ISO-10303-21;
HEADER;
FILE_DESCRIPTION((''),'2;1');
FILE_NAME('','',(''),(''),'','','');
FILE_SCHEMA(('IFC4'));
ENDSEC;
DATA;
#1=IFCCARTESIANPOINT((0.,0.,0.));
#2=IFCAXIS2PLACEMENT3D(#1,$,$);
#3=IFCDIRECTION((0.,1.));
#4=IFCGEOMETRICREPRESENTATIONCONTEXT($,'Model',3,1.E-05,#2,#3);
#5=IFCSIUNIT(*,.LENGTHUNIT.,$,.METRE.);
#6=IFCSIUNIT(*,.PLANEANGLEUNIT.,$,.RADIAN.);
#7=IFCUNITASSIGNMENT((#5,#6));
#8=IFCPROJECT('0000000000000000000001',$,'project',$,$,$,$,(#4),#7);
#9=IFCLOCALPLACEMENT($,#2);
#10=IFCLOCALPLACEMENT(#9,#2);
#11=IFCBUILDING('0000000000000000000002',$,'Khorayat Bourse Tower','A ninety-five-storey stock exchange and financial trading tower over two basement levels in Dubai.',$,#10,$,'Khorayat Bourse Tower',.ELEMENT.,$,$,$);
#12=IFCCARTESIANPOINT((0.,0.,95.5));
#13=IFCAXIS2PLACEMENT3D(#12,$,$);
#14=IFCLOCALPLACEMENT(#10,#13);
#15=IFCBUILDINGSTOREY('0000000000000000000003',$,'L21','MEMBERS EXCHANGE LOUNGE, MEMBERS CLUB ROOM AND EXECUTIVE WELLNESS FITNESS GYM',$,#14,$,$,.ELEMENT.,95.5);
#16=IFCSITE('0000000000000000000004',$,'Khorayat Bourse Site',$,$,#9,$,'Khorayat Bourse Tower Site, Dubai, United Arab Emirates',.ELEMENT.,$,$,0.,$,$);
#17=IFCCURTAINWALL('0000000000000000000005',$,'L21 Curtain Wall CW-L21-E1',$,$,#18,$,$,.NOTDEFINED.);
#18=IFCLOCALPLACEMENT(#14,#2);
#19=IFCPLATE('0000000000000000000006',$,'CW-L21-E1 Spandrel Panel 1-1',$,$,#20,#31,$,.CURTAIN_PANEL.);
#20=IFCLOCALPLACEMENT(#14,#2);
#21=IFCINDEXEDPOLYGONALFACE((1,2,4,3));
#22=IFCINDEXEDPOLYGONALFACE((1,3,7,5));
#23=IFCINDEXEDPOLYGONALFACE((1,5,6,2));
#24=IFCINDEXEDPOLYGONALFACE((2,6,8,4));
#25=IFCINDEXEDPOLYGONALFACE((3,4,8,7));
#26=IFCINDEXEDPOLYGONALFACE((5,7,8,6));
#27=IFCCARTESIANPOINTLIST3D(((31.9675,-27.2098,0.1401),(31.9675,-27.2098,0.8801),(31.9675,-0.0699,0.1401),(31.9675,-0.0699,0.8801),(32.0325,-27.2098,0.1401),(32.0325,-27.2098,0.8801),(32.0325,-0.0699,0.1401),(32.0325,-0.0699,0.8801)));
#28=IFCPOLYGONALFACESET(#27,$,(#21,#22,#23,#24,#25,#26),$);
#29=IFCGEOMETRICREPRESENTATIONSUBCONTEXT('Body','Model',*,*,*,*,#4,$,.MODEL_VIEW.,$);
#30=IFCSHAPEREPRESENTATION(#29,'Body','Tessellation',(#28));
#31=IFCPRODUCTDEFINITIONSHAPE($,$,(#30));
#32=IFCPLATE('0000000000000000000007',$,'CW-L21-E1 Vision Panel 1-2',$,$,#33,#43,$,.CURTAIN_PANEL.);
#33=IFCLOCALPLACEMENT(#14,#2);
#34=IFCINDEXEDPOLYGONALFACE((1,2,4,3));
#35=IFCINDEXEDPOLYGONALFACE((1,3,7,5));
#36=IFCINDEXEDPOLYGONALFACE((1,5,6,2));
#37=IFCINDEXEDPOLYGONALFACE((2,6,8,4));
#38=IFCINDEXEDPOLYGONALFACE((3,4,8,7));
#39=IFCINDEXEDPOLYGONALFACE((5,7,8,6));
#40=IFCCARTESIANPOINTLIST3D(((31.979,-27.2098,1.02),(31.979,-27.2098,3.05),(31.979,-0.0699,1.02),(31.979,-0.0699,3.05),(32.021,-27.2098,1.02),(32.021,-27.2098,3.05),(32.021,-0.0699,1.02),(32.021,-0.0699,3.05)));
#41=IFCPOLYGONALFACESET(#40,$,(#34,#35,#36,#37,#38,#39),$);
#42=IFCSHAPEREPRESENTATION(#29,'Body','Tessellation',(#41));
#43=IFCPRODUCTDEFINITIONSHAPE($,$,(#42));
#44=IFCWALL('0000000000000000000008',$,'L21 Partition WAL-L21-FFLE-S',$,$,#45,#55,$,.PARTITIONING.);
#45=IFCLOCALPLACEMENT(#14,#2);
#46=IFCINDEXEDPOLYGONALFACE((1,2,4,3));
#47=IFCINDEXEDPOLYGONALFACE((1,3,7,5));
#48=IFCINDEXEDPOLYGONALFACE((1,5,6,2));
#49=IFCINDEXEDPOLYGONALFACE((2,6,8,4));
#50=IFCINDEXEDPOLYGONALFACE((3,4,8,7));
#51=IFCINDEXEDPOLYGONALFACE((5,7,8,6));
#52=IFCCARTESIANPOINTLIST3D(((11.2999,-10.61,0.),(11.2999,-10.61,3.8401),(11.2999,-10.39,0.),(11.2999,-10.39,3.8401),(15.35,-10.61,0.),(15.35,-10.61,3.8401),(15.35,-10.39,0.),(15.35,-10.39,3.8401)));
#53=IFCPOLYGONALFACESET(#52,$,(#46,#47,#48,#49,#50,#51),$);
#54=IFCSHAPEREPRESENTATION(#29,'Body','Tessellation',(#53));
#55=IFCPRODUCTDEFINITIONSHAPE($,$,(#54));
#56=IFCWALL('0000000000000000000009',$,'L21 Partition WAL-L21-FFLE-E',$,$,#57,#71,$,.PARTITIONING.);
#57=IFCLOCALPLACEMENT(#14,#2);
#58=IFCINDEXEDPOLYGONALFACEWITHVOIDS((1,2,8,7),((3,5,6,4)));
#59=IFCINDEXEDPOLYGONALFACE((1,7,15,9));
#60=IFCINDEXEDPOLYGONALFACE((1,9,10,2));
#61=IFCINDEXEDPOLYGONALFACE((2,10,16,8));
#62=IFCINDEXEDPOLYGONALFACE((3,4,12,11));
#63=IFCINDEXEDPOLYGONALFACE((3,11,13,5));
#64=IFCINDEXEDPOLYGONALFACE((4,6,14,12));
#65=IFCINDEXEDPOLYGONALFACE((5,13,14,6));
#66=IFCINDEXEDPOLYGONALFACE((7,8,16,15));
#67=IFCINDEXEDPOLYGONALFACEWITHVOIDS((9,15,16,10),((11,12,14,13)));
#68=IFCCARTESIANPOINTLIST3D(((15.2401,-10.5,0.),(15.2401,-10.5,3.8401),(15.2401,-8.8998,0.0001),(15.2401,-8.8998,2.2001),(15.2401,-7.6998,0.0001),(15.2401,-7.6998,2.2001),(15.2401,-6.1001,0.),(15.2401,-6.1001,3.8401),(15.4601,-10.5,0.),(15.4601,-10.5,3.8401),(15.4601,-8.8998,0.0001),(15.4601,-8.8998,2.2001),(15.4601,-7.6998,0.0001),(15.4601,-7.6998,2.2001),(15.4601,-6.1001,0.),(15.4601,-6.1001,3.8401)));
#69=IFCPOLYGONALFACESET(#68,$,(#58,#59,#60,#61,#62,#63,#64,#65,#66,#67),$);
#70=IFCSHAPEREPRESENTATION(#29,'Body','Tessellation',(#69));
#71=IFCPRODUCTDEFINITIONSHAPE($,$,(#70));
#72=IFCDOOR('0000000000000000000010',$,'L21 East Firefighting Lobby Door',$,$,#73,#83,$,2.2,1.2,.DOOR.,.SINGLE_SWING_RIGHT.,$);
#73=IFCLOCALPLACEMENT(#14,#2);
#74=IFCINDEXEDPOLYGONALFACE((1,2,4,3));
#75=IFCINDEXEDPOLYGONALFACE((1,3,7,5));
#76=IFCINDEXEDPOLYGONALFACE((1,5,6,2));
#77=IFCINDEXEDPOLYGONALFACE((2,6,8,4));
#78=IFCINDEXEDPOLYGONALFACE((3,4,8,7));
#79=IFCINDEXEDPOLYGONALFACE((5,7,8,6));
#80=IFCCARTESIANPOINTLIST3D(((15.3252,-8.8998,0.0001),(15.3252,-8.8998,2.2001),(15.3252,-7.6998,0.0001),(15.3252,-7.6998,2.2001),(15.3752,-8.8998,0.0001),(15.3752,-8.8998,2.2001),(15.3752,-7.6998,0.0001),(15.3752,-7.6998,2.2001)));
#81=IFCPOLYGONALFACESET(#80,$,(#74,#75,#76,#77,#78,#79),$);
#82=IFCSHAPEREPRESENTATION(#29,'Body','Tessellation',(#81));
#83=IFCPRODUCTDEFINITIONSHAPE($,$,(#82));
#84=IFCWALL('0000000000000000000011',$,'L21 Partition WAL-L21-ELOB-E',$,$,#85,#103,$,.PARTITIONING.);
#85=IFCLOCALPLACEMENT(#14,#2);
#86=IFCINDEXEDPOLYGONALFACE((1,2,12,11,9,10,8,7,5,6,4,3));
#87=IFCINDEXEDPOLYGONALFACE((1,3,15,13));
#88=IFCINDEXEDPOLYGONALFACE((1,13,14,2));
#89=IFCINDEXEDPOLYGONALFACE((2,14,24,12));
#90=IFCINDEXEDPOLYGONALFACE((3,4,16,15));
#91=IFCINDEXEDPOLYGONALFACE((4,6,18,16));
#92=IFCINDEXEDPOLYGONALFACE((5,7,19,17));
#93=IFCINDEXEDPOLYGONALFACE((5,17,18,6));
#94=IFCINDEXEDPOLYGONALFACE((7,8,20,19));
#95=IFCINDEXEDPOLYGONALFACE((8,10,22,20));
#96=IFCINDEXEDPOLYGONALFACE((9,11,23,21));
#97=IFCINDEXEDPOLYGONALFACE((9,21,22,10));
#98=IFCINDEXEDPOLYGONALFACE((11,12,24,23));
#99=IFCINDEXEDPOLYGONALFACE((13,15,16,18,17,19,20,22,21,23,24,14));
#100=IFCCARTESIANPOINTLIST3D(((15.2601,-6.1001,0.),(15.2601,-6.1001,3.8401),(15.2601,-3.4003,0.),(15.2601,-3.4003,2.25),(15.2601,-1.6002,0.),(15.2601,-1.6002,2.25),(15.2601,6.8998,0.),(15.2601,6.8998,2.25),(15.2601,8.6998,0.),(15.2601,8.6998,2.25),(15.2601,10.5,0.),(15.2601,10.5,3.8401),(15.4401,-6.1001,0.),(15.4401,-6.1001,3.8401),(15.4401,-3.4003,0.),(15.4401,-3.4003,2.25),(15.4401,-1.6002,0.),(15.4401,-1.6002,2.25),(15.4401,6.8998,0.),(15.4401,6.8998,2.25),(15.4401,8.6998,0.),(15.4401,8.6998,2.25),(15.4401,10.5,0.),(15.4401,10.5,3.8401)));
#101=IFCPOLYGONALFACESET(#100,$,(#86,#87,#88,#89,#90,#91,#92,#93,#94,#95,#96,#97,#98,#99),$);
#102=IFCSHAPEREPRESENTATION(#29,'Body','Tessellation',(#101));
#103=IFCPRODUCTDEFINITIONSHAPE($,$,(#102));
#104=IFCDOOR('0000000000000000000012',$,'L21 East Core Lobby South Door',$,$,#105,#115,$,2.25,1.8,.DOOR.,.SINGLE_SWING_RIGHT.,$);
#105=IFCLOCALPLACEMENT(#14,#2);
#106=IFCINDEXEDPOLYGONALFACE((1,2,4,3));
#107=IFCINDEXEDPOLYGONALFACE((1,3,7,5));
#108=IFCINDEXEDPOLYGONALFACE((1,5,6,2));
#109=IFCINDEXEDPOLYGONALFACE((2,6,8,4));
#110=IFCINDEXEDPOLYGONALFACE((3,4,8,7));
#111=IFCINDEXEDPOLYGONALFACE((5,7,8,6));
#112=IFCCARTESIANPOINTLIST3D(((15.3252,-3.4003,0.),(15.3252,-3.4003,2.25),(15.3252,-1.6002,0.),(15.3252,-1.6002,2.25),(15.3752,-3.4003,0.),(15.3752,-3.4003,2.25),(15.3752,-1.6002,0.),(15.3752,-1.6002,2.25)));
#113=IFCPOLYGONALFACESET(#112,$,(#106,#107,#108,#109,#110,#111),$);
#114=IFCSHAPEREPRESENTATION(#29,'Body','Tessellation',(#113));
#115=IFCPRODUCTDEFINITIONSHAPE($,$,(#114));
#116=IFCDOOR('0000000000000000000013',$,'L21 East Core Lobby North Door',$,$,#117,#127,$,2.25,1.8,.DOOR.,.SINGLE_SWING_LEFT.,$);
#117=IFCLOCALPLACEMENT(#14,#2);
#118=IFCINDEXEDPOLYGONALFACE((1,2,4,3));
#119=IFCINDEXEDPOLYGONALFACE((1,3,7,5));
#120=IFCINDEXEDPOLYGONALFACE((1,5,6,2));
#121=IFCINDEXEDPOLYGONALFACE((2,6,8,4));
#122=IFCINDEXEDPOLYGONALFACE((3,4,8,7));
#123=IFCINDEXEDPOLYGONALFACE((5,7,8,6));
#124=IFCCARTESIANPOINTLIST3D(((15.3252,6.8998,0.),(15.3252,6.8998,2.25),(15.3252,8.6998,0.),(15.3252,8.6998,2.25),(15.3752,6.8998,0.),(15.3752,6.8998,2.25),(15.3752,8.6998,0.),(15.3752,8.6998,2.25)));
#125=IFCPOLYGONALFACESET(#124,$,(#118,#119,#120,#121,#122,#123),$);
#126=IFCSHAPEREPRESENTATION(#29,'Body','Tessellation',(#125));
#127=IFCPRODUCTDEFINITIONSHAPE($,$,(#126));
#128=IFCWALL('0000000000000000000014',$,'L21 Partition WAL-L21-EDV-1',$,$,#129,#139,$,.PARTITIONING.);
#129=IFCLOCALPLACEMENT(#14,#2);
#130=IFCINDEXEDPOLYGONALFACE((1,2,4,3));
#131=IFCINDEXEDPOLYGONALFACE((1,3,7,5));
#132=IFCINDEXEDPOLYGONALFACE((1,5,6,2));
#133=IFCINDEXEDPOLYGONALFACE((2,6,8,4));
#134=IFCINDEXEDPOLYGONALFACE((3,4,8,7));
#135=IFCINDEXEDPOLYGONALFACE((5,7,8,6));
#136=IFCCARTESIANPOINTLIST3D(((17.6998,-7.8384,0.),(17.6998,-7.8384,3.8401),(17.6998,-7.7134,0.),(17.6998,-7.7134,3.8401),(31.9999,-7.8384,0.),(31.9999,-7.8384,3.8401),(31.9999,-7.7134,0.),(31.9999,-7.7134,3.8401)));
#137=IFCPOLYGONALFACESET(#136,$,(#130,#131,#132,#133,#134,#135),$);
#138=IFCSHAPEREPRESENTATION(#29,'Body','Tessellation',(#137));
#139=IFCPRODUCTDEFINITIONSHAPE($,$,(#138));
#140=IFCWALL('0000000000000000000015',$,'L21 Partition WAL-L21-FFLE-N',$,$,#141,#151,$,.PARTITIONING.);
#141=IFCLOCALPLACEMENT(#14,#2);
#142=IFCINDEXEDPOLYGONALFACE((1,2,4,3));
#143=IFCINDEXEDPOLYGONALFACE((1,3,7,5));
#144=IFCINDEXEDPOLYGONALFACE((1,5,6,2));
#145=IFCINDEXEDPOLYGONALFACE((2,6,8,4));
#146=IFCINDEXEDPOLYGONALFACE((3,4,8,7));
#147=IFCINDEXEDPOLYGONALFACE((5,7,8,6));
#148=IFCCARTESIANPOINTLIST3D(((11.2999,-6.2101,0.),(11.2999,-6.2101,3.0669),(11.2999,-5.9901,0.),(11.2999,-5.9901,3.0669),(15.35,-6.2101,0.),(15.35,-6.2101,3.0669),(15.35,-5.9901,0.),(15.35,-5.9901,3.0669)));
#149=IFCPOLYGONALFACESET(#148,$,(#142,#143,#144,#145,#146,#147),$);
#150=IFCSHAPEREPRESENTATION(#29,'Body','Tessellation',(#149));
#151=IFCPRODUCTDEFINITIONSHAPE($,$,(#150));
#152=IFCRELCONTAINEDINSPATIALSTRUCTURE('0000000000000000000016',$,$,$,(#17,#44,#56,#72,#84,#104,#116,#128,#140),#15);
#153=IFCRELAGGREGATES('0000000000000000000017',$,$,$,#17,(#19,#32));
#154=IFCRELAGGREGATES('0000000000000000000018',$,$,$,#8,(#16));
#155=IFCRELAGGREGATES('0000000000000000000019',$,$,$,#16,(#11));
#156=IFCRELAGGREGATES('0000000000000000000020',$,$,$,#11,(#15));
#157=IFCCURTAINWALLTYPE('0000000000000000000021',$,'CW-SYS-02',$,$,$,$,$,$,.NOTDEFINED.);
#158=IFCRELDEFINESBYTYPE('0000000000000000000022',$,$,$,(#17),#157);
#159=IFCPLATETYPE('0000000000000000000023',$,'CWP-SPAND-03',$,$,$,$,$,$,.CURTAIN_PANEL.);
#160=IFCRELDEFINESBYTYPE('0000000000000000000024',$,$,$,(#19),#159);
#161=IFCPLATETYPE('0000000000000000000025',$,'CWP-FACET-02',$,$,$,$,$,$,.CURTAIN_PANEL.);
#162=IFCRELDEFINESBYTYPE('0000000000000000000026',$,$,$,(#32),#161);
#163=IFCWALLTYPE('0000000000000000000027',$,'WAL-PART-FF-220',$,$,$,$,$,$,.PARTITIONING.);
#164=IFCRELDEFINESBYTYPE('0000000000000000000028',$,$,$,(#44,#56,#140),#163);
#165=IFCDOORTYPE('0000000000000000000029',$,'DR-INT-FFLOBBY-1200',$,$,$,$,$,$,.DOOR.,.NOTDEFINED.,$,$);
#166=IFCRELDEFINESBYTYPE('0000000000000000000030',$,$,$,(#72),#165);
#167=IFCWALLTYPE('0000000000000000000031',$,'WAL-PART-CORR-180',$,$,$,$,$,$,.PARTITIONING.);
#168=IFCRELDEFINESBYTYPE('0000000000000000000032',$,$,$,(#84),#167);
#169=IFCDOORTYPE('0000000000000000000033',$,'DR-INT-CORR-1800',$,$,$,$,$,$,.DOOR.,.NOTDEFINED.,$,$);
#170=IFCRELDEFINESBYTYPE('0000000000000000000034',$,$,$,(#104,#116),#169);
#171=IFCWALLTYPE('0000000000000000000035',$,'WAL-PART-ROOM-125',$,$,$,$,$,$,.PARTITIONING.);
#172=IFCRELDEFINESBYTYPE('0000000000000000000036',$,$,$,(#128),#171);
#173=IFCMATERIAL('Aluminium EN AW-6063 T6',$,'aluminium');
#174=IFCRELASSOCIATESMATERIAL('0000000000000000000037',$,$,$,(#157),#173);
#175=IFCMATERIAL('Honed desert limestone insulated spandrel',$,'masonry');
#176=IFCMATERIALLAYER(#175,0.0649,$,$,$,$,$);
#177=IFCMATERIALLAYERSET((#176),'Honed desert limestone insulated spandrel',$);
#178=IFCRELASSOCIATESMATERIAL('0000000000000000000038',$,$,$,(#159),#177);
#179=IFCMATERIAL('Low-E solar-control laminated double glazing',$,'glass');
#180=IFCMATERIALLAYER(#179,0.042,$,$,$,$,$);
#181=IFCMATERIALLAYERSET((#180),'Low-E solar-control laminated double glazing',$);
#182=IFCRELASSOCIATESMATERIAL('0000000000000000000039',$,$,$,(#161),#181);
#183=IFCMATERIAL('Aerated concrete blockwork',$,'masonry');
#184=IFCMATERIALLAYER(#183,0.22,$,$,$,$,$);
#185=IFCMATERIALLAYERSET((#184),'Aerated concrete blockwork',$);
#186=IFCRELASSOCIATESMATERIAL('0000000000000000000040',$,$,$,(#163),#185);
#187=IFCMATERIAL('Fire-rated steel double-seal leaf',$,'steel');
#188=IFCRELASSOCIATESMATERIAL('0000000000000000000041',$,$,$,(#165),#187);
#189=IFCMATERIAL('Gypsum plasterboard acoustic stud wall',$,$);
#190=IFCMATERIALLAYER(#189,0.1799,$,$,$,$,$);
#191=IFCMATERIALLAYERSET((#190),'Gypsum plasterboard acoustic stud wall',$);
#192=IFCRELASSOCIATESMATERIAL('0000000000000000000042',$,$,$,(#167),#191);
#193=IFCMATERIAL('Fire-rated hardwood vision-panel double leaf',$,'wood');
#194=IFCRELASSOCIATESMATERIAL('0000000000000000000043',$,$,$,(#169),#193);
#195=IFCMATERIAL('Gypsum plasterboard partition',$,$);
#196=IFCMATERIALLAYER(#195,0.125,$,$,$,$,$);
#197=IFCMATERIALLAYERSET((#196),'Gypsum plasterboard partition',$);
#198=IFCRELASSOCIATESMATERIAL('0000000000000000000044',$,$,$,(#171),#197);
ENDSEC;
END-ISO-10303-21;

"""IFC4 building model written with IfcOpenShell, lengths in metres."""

from ifc_helpers import new_model, si_unit, direction, frame, frame_2d, origin, origin_2d, place, context, subcontext, project, spatial, rectangle, extrude, source, transform, mapped, material, layer, layer_set, type_object, element, fill, aggregate, save


model = new_model("IFC4")

# Units and contexts
model_context = context("Model", 3, precision=1e-05, world=origin(), true_north=direction((0.0, 1.0)))
body_context = subcontext(model_context, "Body", "Model", "MODEL_VIEW")
ifc_project = project(units=[si_unit("LENGTHUNIT", "METRE"), si_unit("PLANEANGLEUNIT", "RADIAN")], contexts=[model_context])

# Site, building, storey
site_placement = place(None, origin())
site = spatial("IfcSite", under=ifc_project, at=site_placement, Name="Khorayat Bourse Site", LongName="Khorayat Bourse Tower Site, Dubai, United Arab Emirates", CompositionType="ELEMENT", RefElevation=0.0)
building_placement = place(site_placement, origin())
building = spatial("IfcBuilding", under=site, at=building_placement, Name="Khorayat Bourse Tower", Description="A ninety-five-storey stock exchange and financial trading tower over two basement levels in Dubai.", LongName="Khorayat Bourse Tower", CompositionType="ELEMENT")
storey_placement = place(building_placement, frame((0.0, 0.0, 95.5)))
storey = spatial("IfcBuildingStorey", under=building, at=storey_placement, Name="L21", Description="MEMBERS EXCHANGE LOUNGE, MEMBERS CLUB ROOM AND EXECUTIVE WELLNESS FITNESS GYM", CompositionType="ELEMENT", Elevation=95.5)

# Curtain wall
ifc_material_1 = material(Name="Aluminium EN AW-6063 T6", Category="aluminium")
curtain_wall_type = type_object("IfcCurtainWallType", Name="CW-SYS-02", PredefinedType="NOTDEFINED", material=ifc_material_1)
curtain_wall_placement = place(storey_placement, origin())
curtain_wall = element("IfcCurtainWall", 1, at=curtain_wall_placement, inside=storey, type_object=curtain_wall_type, Name="L21 Curtain Wall CW-L21-E1", PredefinedType="NOTDEFINED")

# Plates
ifc_material_2 = material(Name="Honed desert limestone insulated spandrel", Category="masonry")
ifc_layer_1 = layer(ifc_material_2, 0.0649)
ifc_layer_set_1 = layer_set([ifc_layer_1], Name="Honed desert limestone insulated spandrel")
plate_type_1 = type_object("IfcPlateType", Name="CWP-SPAND-03", PredefinedType="CURTAIN_PANEL", material=ifc_layer_set_1)
shared_shape_1 = source(origin(), body_context, "Body", "SweptSolid", [
    extrude(rectangle(XDim=27.1399, YDim=0.0649, at=origin_2d()), origin(), (0.0, 0.0, 1.0), 0.74),
])
plate_1_placement = place(storey_placement, frame((32.0, -13.6399, 0.1401), z_axis=(0.0, 0.0, 1.0), x_axis=(0.0, 1.0, 0.0)))
plate_1 = element("IfcPlate", 2, at=plate_1_placement, type_object=plate_type_1, Name="CW-L21-E1 Spandrel Panel 1-1", PredefinedType="CURTAIN_PANEL", context=body_context, shape_type="MappedRepresentation", body=[
    mapped(shared_shape_1, transform((0.0, 0.0, 0.0), scale=1.0)),
])
ifc_material_3 = material(Name="Low-E solar-control laminated double glazing", Category="glass")
ifc_layer_2 = layer(ifc_material_3, 0.042)
ifc_layer_set_2 = layer_set([ifc_layer_2], Name="Low-E solar-control laminated double glazing")
plate_type_2 = type_object("IfcPlateType", Name="CWP-FACET-02", PredefinedType="CURTAIN_PANEL", material=ifc_layer_set_2)
shared_shape_2 = source(origin(), body_context, "Body", "SweptSolid", [
    extrude(rectangle(XDim=27.1399, YDim=0.042, at=origin_2d()), origin(), (0.0, 0.0, 1.0), 2.03),
])
plate_2_placement = place(storey_placement, frame((32.0, -13.6399, 1.02), z_axis=(0.0, 0.0, 1.0), x_axis=(0.0, 1.0, 0.0)))
plate_2 = element("IfcPlate", 3, at=plate_2_placement, type_object=plate_type_2, Name="CW-L21-E1 Vision Panel 1-2", PredefinedType="CURTAIN_PANEL", context=body_context, shape_type="MappedRepresentation", body=[
    mapped(shared_shape_2, transform((0.0, 0.0, 0.0), scale=1.0)),
])
aggregate(curtain_wall, [plate_1, plate_2])

# Wall
ifc_material_4 = material(Name="Aerated concrete blockwork", Category="masonry")
ifc_layer_3 = layer(ifc_material_4, 0.22)
ifc_layer_set_3 = layer_set([ifc_layer_3], Name="Aerated concrete blockwork")
wall_type_1 = type_object("IfcWallType", Name="WAL-PART-FF-220", PredefinedType="PARTITIONING", material=ifc_layer_set_3)
shared_shape_3 = source(origin(), body_context, "Body", "SweptSolid", [
    extrude(rectangle(XDim=4.05, YDim=0.22, at=frame_2d((2.0249, 0.0))), origin(), (0.0, 0.0, 1.0), 3.8401),
])
wall_1_placement = place(storey_placement, frame((11.3, -10.5, 0.0), z_axis=(0.0, 0.0, 1.0), x_axis=(1.0, 0.0, 0.0)))
element("IfcWall", 4, at=wall_1_placement, inside=storey, type_object=wall_type_1, Name="L21 Partition WAL-L21-FFLE-S", PredefinedType="PARTITIONING", context=body_context, shape_type="MappedRepresentation", body=[
    mapped(shared_shape_3, transform((0.0, 0.0, 0.0), scale=1.0)),
])

# Wall, opening, door
shared_shape_4 = source(origin(), body_context, "Body", "SweptSolid", [
    extrude(rectangle(XDim=4.3999, YDim=0.22, at=frame_2d((2.2, 0.0))), origin(), (0.0, 0.0, 1.0), 3.8401),
])
wall_2_placement = place(storey_placement, frame((15.3501, -10.5, 0.0), z_axis=(0.0, 0.0, 1.0), x_axis=(0.0, 1.0, 0.0)))
wall_2 = element("IfcWall", 5, at=wall_2_placement, inside=storey, type_object=wall_type_1, Name="L21 Partition WAL-L21-FFLE-E", PredefinedType="PARTITIONING", context=body_context, shape_type="MappedRepresentation", body=[
    mapped(shared_shape_4, transform((0.0, 0.0, 0.0), scale=1.0)),
])
shared_shape_5 = source(origin(), body_context, "Body", "SweptSolid", [
    extrude(rectangle(XDim=1.2, YDim=2.2, at=frame_2d((0.6001, 1.1001))), frame((0.0, 0.1199, 0.0), z_axis=(0.0, -1.0, 0.0), x_axis=(1.0, 0.0, 0.0)), (0.0, 0.0, 1.0), 0.24),
])
opening_1_placement = place(wall_2_placement, frame((1.6001, 0.0, 0.0)))
opening_1 = element("IfcOpeningElement", 6, at=opening_1_placement, cuts=wall_2, PredefinedType="OPENING", context=body_context, shape_type="MappedRepresentation", body=[
    mapped(shared_shape_5, transform((0.0, 0.0, 0.0), scale=1.0)),
])
ifc_material_5 = material(Name="Fire-rated steel double-seal leaf", Category="steel")
door_type_1 = type_object("IfcDoorType", Name="DR-INT-FFLOBBY-1200", OperationType="NOTDEFINED", PredefinedType="DOOR", material=ifc_material_5)
shared_shape_6 = source(origin(), body_context, "Body", "SweptSolid", [
    extrude(rectangle(XDim=1.2, YDim=2.2, at=frame_2d((0.6001, 1.1001))), frame((0.0, 0.0249, 0.0), z_axis=(0.0, -1.0, 0.0), x_axis=(1.0, 0.0, 0.0)), (0.0, 0.0, 1.0), 0.05),
])
door_1_placement = place(opening_1_placement, origin())
door_1 = element("IfcDoor", 7, at=door_1_placement, inside=storey, type_object=door_type_1, Name="L21 East Firefighting Lobby Door", OperationType="SINGLE_SWING_RIGHT", OverallHeight=2.2, OverallWidth=1.2, PredefinedType="DOOR", context=body_context, shape_type="MappedRepresentation", body=[
    mapped(shared_shape_6, transform((0.0, 0.0, 0.0), scale=1.0)),
])
fill(opening_1, door_1)

# Wall, openings, doors
ifc_material_6 = material(Name="Gypsum plasterboard acoustic stud wall")
ifc_layer_4 = layer(ifc_material_6, 0.1799)
ifc_layer_set_4 = layer_set([ifc_layer_4], Name="Gypsum plasterboard acoustic stud wall")
wall_type_2 = type_object("IfcWallType", Name="WAL-PART-CORR-180", PredefinedType="PARTITIONING", material=ifc_layer_set_4)
shared_shape_7 = source(origin(), body_context, "Body", "SweptSolid", [
    extrude(rectangle(XDim=16.6001, YDim=0.1799, at=frame_2d((8.3, 0.0))), origin(), (0.0, 0.0, 1.0), 3.8401),
])
wall_3_placement = place(storey_placement, frame((15.3501, -6.1001, 0.0), z_axis=(0.0, 0.0, 1.0), x_axis=(0.0, 1.0, 0.0)))
wall_3 = element("IfcWall", 8, at=wall_3_placement, inside=storey, type_object=wall_type_2, Name="L21 Partition WAL-L21-ELOB-E", PredefinedType="PARTITIONING", context=body_context, shape_type="MappedRepresentation", body=[
    mapped(shared_shape_7, transform((0.0, 0.0, 0.0), scale=1.0)),
])
shared_shape_8 = source(origin(), body_context, "Body", "SweptSolid", [
    extrude(rectangle(XDim=1.8, YDim=2.25, at=frame_2d((0.8999, 1.125))), frame((0.0, 0.0999, 0.0), z_axis=(0.0, -1.0, 0.0), x_axis=(1.0, 0.0, 0.0)), (0.0, 0.0, 1.0), 0.2),
])
opening_2_placement = place(wall_3_placement, frame((2.7, 0.0, 0.0)))
opening_2 = element("IfcOpeningElement", 9, at=opening_2_placement, cuts=wall_3, PredefinedType="OPENING", context=body_context, shape_type="MappedRepresentation", body=[
    mapped(shared_shape_8, transform((0.0, 0.0, 0.0), scale=1.0)),
])
opening_3_placement = place(wall_3_placement, frame((13.0, 0.0, 0.0)))
opening_3 = element("IfcOpeningElement", 10, at=opening_3_placement, cuts=wall_3, PredefinedType="OPENING", context=body_context, shape_type="MappedRepresentation", body=[
    mapped(shared_shape_8, transform((0.0, 0.0, 0.0), scale=1.0)),
])
ifc_material_7 = material(Name="Fire-rated hardwood vision-panel double leaf", Category="wood")
door_type_2 = type_object("IfcDoorType", Name="DR-INT-CORR-1800", OperationType="NOTDEFINED", PredefinedType="DOOR", material=ifc_material_7)
shared_shape_9 = source(origin(), body_context, "Body", "SweptSolid", [
    extrude(rectangle(XDim=1.8, YDim=2.25, at=frame_2d((0.8999, 1.125))), frame((0.0, 0.0249, 0.0), z_axis=(0.0, -1.0, 0.0), x_axis=(1.0, 0.0, 0.0)), (0.0, 0.0, 1.0), 0.05),
])
door_2_placement = place(opening_2_placement, origin())
door_2 = element("IfcDoor", 11, at=door_2_placement, inside=storey, type_object=door_type_2, Name="L21 East Core Lobby South Door", OperationType="SINGLE_SWING_RIGHT", OverallHeight=2.25, OverallWidth=1.8, PredefinedType="DOOR", context=body_context, shape_type="MappedRepresentation", body=[
    mapped(shared_shape_9, transform((0.0, 0.0, 0.0), scale=1.0)),
])
fill(opening_2, door_2)
door_3_placement = place(opening_3_placement, origin())
door_3 = element("IfcDoor", 12, at=door_3_placement, inside=storey, type_object=door_type_2, Name="L21 East Core Lobby North Door", OperationType="SINGLE_SWING_LEFT", OverallHeight=2.25, OverallWidth=1.8, PredefinedType="DOOR", context=body_context, shape_type="MappedRepresentation", body=[
    mapped(shared_shape_9, transform((0.0, 0.0, 0.0), scale=1.0)),
])
fill(opening_3, door_3)

# Walls
ifc_material_8 = material(Name="Gypsum plasterboard partition")
ifc_layer_5 = layer(ifc_material_8, 0.125)
ifc_layer_set_5 = layer_set([ifc_layer_5], Name="Gypsum plasterboard partition")
wall_type_3 = type_object("IfcWallType", Name="WAL-PART-ROOM-125", PredefinedType="PARTITIONING", material=ifc_layer_set_5)
shared_shape_10 = source(origin(), body_context, "Body", "SweptSolid", [
    extrude(rectangle(XDim=14.3, YDim=0.125, at=frame_2d((7.1499, 0.0))), origin(), (0.0, 0.0, 1.0), 3.8401),
])
wall_4_placement = place(storey_placement, frame((17.7, -7.7759, 0.0), z_axis=(0.0, 0.0, 1.0), x_axis=(1.0, 0.0, 0.0)))
element("IfcWall", 13, at=wall_4_placement, inside=storey, type_object=wall_type_3, Name="L21 Partition WAL-L21-EDV-1", PredefinedType="PARTITIONING", context=body_context, shape_type="MappedRepresentation", body=[
    mapped(shared_shape_10, transform((0.0, 0.0, 0.0), scale=1.0)),
])
shared_shape_11 = source(origin(), body_context, "Body", "SweptSolid", [
    extrude(rectangle(XDim=4.05, YDim=0.22, at=frame_2d((2.0249, 0.0))), origin(), (0.0, 0.0, 1.0), 3.0669),
])
wall_5_placement = place(storey_placement, frame((11.3, -6.1001, 0.0), z_axis=(0.0, 0.0, 1.0), x_axis=(1.0, 0.0, 0.0)))
element("IfcWall", 14, at=wall_5_placement, inside=storey, type_object=wall_type_1, Name="L21 Partition WAL-L21-FFLE-N", PredefinedType="PARTITIONING", context=body_context, shape_type="MappedRepresentation", body=[
    mapped(shared_shape_11, transform((0.0, 0.0, 0.0), scale=1.0)),
])

save(model, "model.ifc")
